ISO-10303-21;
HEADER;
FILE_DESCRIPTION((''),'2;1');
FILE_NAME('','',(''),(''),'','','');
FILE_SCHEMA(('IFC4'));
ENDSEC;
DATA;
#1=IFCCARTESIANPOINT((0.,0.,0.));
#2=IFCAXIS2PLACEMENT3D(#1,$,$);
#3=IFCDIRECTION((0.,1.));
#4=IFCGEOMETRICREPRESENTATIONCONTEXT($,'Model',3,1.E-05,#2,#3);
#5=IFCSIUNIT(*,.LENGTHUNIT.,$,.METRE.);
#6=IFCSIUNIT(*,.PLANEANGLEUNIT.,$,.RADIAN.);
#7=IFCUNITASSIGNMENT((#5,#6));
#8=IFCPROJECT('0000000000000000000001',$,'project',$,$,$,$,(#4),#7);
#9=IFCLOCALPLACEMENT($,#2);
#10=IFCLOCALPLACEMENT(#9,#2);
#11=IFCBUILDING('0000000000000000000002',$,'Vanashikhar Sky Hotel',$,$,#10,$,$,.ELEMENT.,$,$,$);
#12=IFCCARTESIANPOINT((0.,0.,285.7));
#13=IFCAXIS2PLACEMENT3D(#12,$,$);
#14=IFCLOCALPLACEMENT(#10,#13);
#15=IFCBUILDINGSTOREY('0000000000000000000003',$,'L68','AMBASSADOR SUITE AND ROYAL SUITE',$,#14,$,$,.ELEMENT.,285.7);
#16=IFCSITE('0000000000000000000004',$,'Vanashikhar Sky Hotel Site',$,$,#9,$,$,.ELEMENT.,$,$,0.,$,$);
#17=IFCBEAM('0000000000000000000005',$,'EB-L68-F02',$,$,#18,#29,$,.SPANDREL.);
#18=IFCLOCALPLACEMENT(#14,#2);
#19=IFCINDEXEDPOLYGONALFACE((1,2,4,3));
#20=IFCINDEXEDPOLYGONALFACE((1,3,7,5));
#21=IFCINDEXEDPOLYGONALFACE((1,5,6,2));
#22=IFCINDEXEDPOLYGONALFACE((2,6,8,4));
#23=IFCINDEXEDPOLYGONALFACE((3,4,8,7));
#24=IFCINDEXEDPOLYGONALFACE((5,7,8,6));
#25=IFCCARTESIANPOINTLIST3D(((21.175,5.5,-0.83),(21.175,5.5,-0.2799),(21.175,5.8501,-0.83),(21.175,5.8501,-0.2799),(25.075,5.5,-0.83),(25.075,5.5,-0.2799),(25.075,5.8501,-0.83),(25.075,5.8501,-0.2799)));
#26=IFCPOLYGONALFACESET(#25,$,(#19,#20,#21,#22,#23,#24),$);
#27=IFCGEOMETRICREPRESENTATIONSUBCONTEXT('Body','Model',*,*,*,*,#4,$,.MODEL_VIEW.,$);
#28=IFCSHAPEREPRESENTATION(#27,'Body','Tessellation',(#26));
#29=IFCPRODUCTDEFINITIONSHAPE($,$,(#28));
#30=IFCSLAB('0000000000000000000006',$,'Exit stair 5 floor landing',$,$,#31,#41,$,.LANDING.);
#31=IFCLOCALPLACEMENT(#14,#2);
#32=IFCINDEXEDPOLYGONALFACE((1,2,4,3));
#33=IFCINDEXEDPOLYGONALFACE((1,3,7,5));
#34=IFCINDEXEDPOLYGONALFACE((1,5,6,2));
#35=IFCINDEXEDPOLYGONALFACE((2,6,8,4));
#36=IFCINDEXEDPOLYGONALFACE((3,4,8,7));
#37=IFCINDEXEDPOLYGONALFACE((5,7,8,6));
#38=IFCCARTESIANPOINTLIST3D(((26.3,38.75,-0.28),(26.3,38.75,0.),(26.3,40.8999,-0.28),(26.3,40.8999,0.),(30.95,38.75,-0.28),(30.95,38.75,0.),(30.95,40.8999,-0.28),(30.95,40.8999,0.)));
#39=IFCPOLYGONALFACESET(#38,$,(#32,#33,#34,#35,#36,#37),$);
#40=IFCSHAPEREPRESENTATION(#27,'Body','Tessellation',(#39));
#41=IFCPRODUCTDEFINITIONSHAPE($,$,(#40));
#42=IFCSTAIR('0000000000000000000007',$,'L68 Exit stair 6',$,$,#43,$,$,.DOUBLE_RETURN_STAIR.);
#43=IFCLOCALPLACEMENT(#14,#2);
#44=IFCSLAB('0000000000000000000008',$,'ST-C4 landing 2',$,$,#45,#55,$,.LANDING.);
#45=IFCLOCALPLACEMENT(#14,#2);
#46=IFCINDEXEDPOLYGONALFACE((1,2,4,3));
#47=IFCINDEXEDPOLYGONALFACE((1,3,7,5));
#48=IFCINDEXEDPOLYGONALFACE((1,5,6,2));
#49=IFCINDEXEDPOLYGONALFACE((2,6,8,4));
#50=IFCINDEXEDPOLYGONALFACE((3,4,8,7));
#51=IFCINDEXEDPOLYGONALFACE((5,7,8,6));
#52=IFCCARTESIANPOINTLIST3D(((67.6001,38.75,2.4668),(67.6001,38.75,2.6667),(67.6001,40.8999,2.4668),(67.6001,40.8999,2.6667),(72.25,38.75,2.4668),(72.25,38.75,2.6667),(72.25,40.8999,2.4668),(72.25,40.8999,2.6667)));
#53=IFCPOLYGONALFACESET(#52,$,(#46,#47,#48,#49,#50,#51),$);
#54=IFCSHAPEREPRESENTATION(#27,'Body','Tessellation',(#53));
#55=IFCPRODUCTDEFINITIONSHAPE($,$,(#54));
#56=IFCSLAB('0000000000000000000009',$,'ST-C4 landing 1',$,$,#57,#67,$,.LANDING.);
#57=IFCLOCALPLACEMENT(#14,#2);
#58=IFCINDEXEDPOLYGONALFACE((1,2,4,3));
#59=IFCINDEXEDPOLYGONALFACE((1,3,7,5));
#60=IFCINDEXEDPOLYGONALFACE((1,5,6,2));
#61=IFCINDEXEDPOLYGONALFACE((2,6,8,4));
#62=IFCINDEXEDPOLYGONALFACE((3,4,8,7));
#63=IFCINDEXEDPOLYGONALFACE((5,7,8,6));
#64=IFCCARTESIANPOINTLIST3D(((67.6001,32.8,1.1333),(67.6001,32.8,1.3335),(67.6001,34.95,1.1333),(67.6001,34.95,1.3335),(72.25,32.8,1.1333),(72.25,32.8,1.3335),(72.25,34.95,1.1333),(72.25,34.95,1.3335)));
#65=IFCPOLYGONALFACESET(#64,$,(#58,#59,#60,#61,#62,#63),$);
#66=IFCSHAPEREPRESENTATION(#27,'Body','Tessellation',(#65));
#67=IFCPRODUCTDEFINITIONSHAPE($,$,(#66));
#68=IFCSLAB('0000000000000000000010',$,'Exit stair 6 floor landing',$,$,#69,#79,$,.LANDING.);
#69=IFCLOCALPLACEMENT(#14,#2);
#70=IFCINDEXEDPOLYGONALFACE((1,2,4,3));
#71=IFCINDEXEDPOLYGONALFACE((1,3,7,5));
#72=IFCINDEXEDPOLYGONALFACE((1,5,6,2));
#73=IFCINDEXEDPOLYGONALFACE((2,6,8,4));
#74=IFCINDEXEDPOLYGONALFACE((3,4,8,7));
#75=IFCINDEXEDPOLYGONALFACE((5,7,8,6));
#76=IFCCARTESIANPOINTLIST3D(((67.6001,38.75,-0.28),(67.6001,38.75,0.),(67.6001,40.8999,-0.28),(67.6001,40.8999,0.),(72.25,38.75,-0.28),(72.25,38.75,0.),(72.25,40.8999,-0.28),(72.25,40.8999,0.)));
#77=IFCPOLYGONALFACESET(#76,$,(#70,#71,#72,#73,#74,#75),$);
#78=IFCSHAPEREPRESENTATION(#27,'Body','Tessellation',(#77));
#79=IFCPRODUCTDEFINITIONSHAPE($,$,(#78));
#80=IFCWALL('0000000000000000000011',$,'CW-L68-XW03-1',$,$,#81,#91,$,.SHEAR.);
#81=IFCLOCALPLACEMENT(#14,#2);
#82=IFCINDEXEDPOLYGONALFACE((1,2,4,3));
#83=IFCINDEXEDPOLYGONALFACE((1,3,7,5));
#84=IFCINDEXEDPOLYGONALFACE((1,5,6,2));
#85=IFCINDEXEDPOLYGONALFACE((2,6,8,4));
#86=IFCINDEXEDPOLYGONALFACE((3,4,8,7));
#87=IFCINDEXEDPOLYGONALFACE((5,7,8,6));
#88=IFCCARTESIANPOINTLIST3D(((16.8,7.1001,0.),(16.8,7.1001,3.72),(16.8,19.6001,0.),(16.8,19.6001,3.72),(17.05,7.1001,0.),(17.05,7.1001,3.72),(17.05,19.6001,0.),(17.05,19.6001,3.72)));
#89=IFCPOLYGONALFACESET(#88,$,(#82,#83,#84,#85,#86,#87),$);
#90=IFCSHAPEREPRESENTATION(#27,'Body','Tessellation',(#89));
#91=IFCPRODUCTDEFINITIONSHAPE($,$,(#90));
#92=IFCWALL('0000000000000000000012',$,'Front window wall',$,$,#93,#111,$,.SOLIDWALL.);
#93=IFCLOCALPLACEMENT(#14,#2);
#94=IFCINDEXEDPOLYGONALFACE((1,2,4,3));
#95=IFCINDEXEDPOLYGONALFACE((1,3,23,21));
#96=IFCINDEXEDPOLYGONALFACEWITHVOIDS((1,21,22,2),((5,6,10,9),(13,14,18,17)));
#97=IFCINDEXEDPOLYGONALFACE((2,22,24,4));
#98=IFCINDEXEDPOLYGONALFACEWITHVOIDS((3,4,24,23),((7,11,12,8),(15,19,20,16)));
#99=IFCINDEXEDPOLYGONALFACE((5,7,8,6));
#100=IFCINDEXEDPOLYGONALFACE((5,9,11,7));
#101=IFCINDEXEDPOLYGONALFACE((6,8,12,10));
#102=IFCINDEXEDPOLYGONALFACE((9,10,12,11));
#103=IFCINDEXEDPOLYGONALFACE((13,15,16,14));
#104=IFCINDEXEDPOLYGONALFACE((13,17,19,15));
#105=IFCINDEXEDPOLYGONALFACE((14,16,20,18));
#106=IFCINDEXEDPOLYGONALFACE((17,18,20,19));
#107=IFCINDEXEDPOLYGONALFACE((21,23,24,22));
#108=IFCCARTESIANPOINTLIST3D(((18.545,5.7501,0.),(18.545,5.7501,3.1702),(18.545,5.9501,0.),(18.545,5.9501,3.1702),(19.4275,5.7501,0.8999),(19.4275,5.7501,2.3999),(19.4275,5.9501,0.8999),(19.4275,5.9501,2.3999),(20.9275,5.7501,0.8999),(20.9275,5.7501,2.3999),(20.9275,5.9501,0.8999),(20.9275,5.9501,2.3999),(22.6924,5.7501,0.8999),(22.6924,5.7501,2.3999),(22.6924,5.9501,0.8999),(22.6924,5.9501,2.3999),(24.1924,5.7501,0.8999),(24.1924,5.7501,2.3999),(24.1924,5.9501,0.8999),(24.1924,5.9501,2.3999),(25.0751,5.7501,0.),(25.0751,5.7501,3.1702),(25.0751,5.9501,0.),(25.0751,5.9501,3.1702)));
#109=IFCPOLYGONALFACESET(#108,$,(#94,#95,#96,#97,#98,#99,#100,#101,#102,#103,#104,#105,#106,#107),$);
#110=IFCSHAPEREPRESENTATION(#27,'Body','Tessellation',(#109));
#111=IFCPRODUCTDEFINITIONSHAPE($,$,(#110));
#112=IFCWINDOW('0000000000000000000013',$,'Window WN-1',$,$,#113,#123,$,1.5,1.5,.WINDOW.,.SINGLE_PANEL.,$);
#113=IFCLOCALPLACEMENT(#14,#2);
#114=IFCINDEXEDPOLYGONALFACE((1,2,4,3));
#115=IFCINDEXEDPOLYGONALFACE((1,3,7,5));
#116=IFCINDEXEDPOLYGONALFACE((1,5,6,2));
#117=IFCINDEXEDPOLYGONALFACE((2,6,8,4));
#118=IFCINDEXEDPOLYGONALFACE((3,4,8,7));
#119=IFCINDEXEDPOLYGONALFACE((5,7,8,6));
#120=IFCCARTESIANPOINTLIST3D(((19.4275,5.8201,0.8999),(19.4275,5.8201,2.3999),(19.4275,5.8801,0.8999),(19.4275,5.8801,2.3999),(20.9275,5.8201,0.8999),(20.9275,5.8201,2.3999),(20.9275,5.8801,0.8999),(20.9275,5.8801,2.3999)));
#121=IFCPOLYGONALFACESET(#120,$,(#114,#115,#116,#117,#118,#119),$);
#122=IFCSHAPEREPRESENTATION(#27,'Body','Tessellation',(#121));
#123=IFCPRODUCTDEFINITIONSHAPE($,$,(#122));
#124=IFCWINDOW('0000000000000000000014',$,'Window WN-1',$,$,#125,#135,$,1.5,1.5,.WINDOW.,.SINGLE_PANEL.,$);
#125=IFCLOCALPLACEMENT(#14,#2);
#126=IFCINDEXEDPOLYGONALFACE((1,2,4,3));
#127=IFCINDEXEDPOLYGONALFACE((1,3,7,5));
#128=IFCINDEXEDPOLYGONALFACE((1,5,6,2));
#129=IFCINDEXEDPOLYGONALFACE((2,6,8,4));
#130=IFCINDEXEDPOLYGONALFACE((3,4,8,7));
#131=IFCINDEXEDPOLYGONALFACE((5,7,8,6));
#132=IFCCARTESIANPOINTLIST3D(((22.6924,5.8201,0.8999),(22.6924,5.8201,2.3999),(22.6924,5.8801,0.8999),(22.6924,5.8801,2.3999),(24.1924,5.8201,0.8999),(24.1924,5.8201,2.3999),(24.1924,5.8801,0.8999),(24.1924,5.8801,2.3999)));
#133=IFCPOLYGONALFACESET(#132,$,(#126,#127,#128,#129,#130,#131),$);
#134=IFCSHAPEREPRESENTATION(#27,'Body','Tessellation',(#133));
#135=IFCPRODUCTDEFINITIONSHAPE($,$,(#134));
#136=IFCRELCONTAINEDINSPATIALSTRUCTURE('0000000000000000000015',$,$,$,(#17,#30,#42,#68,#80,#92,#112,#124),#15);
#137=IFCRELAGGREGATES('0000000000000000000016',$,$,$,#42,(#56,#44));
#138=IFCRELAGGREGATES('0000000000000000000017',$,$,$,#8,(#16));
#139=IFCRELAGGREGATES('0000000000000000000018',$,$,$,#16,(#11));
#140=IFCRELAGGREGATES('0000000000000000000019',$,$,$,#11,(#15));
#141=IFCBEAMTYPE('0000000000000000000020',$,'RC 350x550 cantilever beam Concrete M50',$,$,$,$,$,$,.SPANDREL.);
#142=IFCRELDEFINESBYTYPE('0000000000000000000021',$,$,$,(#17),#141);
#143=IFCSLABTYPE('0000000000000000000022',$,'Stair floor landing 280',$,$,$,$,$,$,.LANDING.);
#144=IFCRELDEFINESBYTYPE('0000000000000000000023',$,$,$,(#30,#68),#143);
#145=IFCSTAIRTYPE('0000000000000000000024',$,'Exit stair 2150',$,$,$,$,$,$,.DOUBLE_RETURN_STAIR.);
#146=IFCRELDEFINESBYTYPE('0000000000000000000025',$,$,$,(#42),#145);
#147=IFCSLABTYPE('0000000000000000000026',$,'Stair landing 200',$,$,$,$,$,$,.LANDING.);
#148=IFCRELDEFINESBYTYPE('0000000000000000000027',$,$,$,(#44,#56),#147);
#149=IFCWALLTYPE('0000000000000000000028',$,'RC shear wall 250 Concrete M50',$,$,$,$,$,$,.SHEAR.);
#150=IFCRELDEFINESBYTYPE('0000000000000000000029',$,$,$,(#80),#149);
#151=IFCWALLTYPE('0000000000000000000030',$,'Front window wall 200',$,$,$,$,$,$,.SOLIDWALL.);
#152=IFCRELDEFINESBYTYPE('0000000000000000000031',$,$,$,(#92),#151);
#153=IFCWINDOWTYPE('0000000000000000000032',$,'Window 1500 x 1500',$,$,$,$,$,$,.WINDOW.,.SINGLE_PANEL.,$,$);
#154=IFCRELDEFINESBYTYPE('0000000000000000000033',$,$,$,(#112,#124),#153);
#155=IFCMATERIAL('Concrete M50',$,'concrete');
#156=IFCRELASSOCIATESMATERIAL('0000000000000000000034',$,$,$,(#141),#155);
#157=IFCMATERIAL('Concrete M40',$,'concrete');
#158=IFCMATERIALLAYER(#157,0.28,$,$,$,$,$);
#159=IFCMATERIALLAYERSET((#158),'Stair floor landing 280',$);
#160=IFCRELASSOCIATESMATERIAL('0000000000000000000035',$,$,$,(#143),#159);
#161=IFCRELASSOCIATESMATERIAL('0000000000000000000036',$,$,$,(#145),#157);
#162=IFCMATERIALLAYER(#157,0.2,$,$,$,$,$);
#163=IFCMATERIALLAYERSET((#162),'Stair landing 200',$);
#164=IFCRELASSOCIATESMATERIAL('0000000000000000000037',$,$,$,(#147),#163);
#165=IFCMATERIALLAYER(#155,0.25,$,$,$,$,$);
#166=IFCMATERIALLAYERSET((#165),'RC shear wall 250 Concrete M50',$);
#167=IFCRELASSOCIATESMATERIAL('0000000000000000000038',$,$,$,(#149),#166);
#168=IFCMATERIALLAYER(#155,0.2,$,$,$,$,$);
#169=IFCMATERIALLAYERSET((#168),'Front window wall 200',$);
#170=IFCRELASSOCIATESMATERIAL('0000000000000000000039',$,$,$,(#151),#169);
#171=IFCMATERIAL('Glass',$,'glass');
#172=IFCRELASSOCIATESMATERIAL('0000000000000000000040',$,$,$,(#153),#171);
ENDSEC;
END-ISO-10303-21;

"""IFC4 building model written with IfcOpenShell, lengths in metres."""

from ifc_helpers import new_model, si_unit, direction, frame, frame_2d, origin, origin_2d, place, context, subcontext, project, spatial, polyline, rectangle, outline, extrude, source, transform, mapped, material, layer, layer_set, material_profile, profile_set, type_object, element, fill, aggregate, save


model = new_model("IFC4")

# Units and contexts
model_context = context("Model", 3, precision=1e-05, world=origin(), true_north=direction((0.0, 1.0)))
body_context = subcontext(model_context, "Body", "Model", "MODEL_VIEW")
ifc_project = project(units=[si_unit("LENGTHUNIT", "METRE"), si_unit("PLANEANGLEUNIT", "RADIAN")], contexts=[model_context])

# Site, building, storey
site_placement = place(None, origin())
site = spatial("IfcSite", under=ifc_project, at=site_placement, Name="Vanashikhar Sky Hotel Site", CompositionType="ELEMENT", RefElevation=0.0)
building_placement = place(site_placement, origin())
building = spatial("IfcBuilding", under=site, at=building_placement, Name="Vanashikhar Sky Hotel", CompositionType="ELEMENT")
storey_placement = place(building_placement, frame((0.0, 0.0, 285.7)))
storey = spatial("IfcBuildingStorey", under=building, at=storey_placement, Name="L68", Description="AMBASSADOR SUITE AND ROYAL SUITE", CompositionType="ELEMENT", Elevation=285.7)

# Beam
ifc_material_1 = material(Name="Concrete M50", Category="concrete")
ifc_material_profile = material_profile(ifc_material_1, rectangle(XDim=0.3501, YDim=0.55, at=origin_2d()))
ifc_profile_set = profile_set([ifc_material_profile], Name="RC 350x550 cantilever beam Concrete M50")
beam_type = type_object("IfcBeamType", Name="RC 350x550 cantilever beam Concrete M50", PredefinedType="SPANDREL", material=ifc_profile_set)
shared_shape_1 = source(origin(), body_context, "Body", "SweptSolid", [
    extrude(rectangle(XDim=0.3501, YDim=0.55, at=origin_2d()), origin(), (0.0, 0.0, 1.0), 3.8999),
])
beam_placement = place(storey_placement, frame((21.175, 5.675, -0.5549), z_axis=(1.0, 0.0, 0.0), x_axis=(0.0, 1.0, 0.0)))
element("IfcBeam", 1, at=beam_placement, inside=storey, type_object=beam_type, Name="EB-L68-F02", PredefinedType="SPANDREL", context=body_context, shape_type="MappedRepresentation", body=[
    mapped(shared_shape_1, transform((0.0, 0.0, 0.0), scale=1.0)),
])

# Slab
ifc_material_2 = material(Name="Concrete M40", Category="concrete")
ifc_layer_1 = layer(ifc_material_2, 0.28)
ifc_layer_set_1 = layer_set([ifc_layer_1], Name="Stair floor landing 280")
slab_type_1 = type_object("IfcSlabType", Name="Stair floor landing 280", PredefinedType="LANDING", material=ifc_layer_set_1)
shared_shape_2 = source(origin(), body_context, "Body", "SweptSolid", [
    extrude(outline(polyline([(30.95, 38.75), (30.95, 40.8999), (26.3, 40.8999), (26.3, 38.75), (30.95, 38.75)])), origin(), (0.0, 0.0, 1.0), 0.28),
])
slab_1_placement = place(storey_placement, frame((0.0, 0.0, -0.28)))
element("IfcSlab", 2, at=slab_1_placement, inside=storey, type_object=slab_type_1, Name="Exit stair 5 floor landing", PredefinedType="LANDING", context=body_context, shape_type="MappedRepresentation", body=[
    mapped(shared_shape_2, transform((0.0, 0.0, 0.0), scale=1.0)),
])

# Stair, slabs
stair_type = type_object("IfcStairType", Name="Exit stair 2150", PredefinedType="DOUBLE_RETURN_STAIR", material=ifc_material_2)
stair_placement = place(storey_placement, origin())
stair = element("IfcStair", 3, at=stair_placement, inside=storey, type_object=stair_type, Name="L68 Exit stair 6", PredefinedType="DOUBLE_RETURN_STAIR")
ifc_layer_2 = layer(ifc_material_2, 0.2)
ifc_layer_set_2 = layer_set([ifc_layer_2], Name="Stair landing 200")
slab_type_2 = type_object("IfcSlabType", Name="Stair landing 200", PredefinedType="LANDING", material=ifc_layer_set_2)
shared_shape_3 = source(origin(), body_context, "Body", "SweptSolid", [
    extrude(outline(polyline([(72.25, 38.75), (72.25, 40.8999), (67.6001, 40.8999), (67.6001, 38.75), (72.25, 38.75)])), origin(), (0.0, 0.0, 1.0), 0.2),
])
slab_2_placement = place(storey_placement, frame((0.0, 0.0, 2.4668)))
slab_2 = element("IfcSlab", 4, at=slab_2_placement, type_object=slab_type_2, Name="ST-C4 landing 2", PredefinedType="LANDING", context=body_context, shape_type="MappedRepresentation", body=[
    mapped(shared_shape_3, transform((0.0, 0.0, 0.0), scale=1.0)),
])
shared_shape_4 = source(origin(), body_context, "Body", "SweptSolid", [
    extrude(outline(polyline([(72.25, 32.8), (72.25, 34.95), (67.6001, 34.95), (67.6001, 32.8), (72.25, 32.8)])), origin(), (0.0, 0.0, 1.0), 0.2002),
])
slab_3_placement = place(storey_placement, frame((0.0, 0.0, 1.1333)))
slab_3 = element("IfcSlab", 5, at=slab_3_placement, type_object=slab_type_2, Name="ST-C4 landing 1", PredefinedType="LANDING", context=body_context, shape_type="MappedRepresentation", body=[
    mapped(shared_shape_4, transform((0.0, 0.0, 0.0), scale=1.0)),
])
aggregate(stair, [slab_3, slab_2])

# Slab
shared_shape_5 = source(origin(), body_context, "Body", "SweptSolid", [
    extrude(outline(polyline([(72.25, 38.75), (72.25, 40.8999), (67.6001, 40.8999), (67.6001, 38.75), (72.25, 38.75)])), origin(), (0.0, 0.0, 1.0), 0.28),
])
slab_4_placement = place(storey_placement, frame((0.0, 0.0, -0.28)))
element("IfcSlab", 6, at=slab_4_placement, inside=storey, type_object=slab_type_1, Name="Exit stair 6 floor landing", PredefinedType="LANDING", context=body_context, shape_type="MappedRepresentation", body=[
    mapped(shared_shape_5, transform((0.0, 0.0, 0.0), scale=1.0)),
])

# Wall
ifc_layer_3 = layer(ifc_material_1, 0.25)
ifc_layer_set_3 = layer_set([ifc_layer_3], Name="RC shear wall 250 Concrete M50")
wall_type_1 = type_object("IfcWallType", Name="RC shear wall 250 Concrete M50", PredefinedType="SHEAR", material=ifc_layer_set_3)
shared_shape_6 = source(origin(), body_context, "Body", "SweptSolid", [
    extrude(rectangle(XDim=12.5, YDim=0.25, at=frame_2d((6.25, 0.0))), origin(), (0.0, 0.0, 1.0), 3.72),
])
wall_1_placement = place(storey_placement, frame((16.925, 7.1001, 0.0), z_axis=(0.0, 0.0, 1.0), x_axis=(0.0, 1.0, 0.0)))
element("IfcWall", 7, at=wall_1_placement, inside=storey, type_object=wall_type_1, Name="CW-L68-XW03-1", PredefinedType="SHEAR", context=body_context, shape_type="MappedRepresentation", body=[
    mapped(shared_shape_6, transform((0.0, 0.0, 0.0), scale=1.0)),
])

# Wall, openings, windows
ifc_layer_4 = layer(ifc_material_1, 0.2)
ifc_layer_set_4 = layer_set([ifc_layer_4], Name="Front window wall 200")
wall_type_2 = type_object("IfcWallType", Name="Front window wall 200", PredefinedType="SOLIDWALL", material=ifc_layer_set_4)
shared_shape_7 = source(origin(), body_context, "Body", "SweptSolid", [
    extrude(rectangle(XDim=6.53, YDim=0.2, at=frame_2d((3.2651, 0.0))), origin(), (0.0, 0.0, 1.0), 3.1702),
])
wall_2_placement = place(storey_placement, frame((18.5449, 5.8501, 0.0), z_axis=(0.0, 0.0, 1.0), x_axis=(1.0, 0.0, 0.0)))
wall_2 = element("IfcWall", 8, at=wall_2_placement, inside=storey, type_object=wall_type_2, Name="Front window wall", PredefinedType="SOLIDWALL", context=body_context, shape_type="MappedRepresentation", body=[
    mapped(shared_shape_7, transform((0.0, 0.0, 0.0), scale=1.0)),
])
shared_shape_8 = source(origin(), body_context, "Body", "SweptSolid", [
    extrude(rectangle(XDim=1.5, YDim=1.5, at=frame_2d((0.75, 0.75))), frame((0.0, 0.1099, 0.0), z_axis=(0.0, -1.0, 0.0), x_axis=(1.0, 0.0, 0.0)), (0.0, 0.0, 1.0), 0.22),
])
opening_1_placement = place(wall_2_placement, frame((0.8826, 0.0, 0.8999)))
opening_1 = element("IfcOpeningElement", 9, at=opening_1_placement, cuts=wall_2, PredefinedType="OPENING", context=body_context, shape_type="MappedRepresentation", body=[
    mapped(shared_shape_8, transform((0.0, 0.0, 0.0), scale=1.0)),
])
opening_2_placement = place(wall_2_placement, frame((4.1475, 0.0, 0.8999)))
opening_2 = element("IfcOpeningElement", 10, at=opening_2_placement, cuts=wall_2, PredefinedType="OPENING", context=body_context, shape_type="MappedRepresentation", body=[
    mapped(shared_shape_8, transform((0.0, 0.0, 0.0), scale=1.0)),
])
ifc_material_3 = material(Name="Glass", Category="glass")
window_type_1 = type_object("IfcWindowType", Name="Window 1500 x 1500", PartitioningType="SINGLE_PANEL", PredefinedType="WINDOW", material=ifc_material_3)
shared_shape_9 = source(origin(), body_context, "Body", "SweptSolid", [
    extrude(rectangle(XDim=1.5, YDim=1.5, at=frame_2d((0.75, 0.75))), frame((0.0, 0.03, 0.0), z_axis=(0.0, -1.0, 0.0), x_axis=(1.0, 0.0, 0.0)), (0.0, 0.0, 1.0), 0.0601),
])
window_1_placement = place(opening_1_placement, origin())
window_1 = element("IfcWindow", 11, at=window_1_placement, inside=storey, type_object=window_type_1, Name="Window WN-1", OverallHeight=1.5, OverallWidth=1.5, PartitioningType="SINGLE_PANEL", PredefinedType="WINDOW", context=body_context, shape_type="MappedRepresentation", body=[
    mapped(shared_shape_9, transform((0.0, 0.0, 0.0), scale=1.0)),
])
fill(opening_1, window_1)
window_2_placement = place(opening_2_placement, origin())
window_2 = element("IfcWindow", 12, at=window_2_placement, inside=storey, type_object=window_type_1, Name="Window WN-1", OverallHeight=1.5, OverallWidth=1.5, PartitioningType="SINGLE_PANEL", PredefinedType="WINDOW", context=body_context, shape_type="MappedRepresentation", body=[
    mapped(shared_shape_9, transform((0.0, 0.0, 0.0), scale=1.0)),
])
fill(opening_2, window_2)

save(model, "model.ifc")
